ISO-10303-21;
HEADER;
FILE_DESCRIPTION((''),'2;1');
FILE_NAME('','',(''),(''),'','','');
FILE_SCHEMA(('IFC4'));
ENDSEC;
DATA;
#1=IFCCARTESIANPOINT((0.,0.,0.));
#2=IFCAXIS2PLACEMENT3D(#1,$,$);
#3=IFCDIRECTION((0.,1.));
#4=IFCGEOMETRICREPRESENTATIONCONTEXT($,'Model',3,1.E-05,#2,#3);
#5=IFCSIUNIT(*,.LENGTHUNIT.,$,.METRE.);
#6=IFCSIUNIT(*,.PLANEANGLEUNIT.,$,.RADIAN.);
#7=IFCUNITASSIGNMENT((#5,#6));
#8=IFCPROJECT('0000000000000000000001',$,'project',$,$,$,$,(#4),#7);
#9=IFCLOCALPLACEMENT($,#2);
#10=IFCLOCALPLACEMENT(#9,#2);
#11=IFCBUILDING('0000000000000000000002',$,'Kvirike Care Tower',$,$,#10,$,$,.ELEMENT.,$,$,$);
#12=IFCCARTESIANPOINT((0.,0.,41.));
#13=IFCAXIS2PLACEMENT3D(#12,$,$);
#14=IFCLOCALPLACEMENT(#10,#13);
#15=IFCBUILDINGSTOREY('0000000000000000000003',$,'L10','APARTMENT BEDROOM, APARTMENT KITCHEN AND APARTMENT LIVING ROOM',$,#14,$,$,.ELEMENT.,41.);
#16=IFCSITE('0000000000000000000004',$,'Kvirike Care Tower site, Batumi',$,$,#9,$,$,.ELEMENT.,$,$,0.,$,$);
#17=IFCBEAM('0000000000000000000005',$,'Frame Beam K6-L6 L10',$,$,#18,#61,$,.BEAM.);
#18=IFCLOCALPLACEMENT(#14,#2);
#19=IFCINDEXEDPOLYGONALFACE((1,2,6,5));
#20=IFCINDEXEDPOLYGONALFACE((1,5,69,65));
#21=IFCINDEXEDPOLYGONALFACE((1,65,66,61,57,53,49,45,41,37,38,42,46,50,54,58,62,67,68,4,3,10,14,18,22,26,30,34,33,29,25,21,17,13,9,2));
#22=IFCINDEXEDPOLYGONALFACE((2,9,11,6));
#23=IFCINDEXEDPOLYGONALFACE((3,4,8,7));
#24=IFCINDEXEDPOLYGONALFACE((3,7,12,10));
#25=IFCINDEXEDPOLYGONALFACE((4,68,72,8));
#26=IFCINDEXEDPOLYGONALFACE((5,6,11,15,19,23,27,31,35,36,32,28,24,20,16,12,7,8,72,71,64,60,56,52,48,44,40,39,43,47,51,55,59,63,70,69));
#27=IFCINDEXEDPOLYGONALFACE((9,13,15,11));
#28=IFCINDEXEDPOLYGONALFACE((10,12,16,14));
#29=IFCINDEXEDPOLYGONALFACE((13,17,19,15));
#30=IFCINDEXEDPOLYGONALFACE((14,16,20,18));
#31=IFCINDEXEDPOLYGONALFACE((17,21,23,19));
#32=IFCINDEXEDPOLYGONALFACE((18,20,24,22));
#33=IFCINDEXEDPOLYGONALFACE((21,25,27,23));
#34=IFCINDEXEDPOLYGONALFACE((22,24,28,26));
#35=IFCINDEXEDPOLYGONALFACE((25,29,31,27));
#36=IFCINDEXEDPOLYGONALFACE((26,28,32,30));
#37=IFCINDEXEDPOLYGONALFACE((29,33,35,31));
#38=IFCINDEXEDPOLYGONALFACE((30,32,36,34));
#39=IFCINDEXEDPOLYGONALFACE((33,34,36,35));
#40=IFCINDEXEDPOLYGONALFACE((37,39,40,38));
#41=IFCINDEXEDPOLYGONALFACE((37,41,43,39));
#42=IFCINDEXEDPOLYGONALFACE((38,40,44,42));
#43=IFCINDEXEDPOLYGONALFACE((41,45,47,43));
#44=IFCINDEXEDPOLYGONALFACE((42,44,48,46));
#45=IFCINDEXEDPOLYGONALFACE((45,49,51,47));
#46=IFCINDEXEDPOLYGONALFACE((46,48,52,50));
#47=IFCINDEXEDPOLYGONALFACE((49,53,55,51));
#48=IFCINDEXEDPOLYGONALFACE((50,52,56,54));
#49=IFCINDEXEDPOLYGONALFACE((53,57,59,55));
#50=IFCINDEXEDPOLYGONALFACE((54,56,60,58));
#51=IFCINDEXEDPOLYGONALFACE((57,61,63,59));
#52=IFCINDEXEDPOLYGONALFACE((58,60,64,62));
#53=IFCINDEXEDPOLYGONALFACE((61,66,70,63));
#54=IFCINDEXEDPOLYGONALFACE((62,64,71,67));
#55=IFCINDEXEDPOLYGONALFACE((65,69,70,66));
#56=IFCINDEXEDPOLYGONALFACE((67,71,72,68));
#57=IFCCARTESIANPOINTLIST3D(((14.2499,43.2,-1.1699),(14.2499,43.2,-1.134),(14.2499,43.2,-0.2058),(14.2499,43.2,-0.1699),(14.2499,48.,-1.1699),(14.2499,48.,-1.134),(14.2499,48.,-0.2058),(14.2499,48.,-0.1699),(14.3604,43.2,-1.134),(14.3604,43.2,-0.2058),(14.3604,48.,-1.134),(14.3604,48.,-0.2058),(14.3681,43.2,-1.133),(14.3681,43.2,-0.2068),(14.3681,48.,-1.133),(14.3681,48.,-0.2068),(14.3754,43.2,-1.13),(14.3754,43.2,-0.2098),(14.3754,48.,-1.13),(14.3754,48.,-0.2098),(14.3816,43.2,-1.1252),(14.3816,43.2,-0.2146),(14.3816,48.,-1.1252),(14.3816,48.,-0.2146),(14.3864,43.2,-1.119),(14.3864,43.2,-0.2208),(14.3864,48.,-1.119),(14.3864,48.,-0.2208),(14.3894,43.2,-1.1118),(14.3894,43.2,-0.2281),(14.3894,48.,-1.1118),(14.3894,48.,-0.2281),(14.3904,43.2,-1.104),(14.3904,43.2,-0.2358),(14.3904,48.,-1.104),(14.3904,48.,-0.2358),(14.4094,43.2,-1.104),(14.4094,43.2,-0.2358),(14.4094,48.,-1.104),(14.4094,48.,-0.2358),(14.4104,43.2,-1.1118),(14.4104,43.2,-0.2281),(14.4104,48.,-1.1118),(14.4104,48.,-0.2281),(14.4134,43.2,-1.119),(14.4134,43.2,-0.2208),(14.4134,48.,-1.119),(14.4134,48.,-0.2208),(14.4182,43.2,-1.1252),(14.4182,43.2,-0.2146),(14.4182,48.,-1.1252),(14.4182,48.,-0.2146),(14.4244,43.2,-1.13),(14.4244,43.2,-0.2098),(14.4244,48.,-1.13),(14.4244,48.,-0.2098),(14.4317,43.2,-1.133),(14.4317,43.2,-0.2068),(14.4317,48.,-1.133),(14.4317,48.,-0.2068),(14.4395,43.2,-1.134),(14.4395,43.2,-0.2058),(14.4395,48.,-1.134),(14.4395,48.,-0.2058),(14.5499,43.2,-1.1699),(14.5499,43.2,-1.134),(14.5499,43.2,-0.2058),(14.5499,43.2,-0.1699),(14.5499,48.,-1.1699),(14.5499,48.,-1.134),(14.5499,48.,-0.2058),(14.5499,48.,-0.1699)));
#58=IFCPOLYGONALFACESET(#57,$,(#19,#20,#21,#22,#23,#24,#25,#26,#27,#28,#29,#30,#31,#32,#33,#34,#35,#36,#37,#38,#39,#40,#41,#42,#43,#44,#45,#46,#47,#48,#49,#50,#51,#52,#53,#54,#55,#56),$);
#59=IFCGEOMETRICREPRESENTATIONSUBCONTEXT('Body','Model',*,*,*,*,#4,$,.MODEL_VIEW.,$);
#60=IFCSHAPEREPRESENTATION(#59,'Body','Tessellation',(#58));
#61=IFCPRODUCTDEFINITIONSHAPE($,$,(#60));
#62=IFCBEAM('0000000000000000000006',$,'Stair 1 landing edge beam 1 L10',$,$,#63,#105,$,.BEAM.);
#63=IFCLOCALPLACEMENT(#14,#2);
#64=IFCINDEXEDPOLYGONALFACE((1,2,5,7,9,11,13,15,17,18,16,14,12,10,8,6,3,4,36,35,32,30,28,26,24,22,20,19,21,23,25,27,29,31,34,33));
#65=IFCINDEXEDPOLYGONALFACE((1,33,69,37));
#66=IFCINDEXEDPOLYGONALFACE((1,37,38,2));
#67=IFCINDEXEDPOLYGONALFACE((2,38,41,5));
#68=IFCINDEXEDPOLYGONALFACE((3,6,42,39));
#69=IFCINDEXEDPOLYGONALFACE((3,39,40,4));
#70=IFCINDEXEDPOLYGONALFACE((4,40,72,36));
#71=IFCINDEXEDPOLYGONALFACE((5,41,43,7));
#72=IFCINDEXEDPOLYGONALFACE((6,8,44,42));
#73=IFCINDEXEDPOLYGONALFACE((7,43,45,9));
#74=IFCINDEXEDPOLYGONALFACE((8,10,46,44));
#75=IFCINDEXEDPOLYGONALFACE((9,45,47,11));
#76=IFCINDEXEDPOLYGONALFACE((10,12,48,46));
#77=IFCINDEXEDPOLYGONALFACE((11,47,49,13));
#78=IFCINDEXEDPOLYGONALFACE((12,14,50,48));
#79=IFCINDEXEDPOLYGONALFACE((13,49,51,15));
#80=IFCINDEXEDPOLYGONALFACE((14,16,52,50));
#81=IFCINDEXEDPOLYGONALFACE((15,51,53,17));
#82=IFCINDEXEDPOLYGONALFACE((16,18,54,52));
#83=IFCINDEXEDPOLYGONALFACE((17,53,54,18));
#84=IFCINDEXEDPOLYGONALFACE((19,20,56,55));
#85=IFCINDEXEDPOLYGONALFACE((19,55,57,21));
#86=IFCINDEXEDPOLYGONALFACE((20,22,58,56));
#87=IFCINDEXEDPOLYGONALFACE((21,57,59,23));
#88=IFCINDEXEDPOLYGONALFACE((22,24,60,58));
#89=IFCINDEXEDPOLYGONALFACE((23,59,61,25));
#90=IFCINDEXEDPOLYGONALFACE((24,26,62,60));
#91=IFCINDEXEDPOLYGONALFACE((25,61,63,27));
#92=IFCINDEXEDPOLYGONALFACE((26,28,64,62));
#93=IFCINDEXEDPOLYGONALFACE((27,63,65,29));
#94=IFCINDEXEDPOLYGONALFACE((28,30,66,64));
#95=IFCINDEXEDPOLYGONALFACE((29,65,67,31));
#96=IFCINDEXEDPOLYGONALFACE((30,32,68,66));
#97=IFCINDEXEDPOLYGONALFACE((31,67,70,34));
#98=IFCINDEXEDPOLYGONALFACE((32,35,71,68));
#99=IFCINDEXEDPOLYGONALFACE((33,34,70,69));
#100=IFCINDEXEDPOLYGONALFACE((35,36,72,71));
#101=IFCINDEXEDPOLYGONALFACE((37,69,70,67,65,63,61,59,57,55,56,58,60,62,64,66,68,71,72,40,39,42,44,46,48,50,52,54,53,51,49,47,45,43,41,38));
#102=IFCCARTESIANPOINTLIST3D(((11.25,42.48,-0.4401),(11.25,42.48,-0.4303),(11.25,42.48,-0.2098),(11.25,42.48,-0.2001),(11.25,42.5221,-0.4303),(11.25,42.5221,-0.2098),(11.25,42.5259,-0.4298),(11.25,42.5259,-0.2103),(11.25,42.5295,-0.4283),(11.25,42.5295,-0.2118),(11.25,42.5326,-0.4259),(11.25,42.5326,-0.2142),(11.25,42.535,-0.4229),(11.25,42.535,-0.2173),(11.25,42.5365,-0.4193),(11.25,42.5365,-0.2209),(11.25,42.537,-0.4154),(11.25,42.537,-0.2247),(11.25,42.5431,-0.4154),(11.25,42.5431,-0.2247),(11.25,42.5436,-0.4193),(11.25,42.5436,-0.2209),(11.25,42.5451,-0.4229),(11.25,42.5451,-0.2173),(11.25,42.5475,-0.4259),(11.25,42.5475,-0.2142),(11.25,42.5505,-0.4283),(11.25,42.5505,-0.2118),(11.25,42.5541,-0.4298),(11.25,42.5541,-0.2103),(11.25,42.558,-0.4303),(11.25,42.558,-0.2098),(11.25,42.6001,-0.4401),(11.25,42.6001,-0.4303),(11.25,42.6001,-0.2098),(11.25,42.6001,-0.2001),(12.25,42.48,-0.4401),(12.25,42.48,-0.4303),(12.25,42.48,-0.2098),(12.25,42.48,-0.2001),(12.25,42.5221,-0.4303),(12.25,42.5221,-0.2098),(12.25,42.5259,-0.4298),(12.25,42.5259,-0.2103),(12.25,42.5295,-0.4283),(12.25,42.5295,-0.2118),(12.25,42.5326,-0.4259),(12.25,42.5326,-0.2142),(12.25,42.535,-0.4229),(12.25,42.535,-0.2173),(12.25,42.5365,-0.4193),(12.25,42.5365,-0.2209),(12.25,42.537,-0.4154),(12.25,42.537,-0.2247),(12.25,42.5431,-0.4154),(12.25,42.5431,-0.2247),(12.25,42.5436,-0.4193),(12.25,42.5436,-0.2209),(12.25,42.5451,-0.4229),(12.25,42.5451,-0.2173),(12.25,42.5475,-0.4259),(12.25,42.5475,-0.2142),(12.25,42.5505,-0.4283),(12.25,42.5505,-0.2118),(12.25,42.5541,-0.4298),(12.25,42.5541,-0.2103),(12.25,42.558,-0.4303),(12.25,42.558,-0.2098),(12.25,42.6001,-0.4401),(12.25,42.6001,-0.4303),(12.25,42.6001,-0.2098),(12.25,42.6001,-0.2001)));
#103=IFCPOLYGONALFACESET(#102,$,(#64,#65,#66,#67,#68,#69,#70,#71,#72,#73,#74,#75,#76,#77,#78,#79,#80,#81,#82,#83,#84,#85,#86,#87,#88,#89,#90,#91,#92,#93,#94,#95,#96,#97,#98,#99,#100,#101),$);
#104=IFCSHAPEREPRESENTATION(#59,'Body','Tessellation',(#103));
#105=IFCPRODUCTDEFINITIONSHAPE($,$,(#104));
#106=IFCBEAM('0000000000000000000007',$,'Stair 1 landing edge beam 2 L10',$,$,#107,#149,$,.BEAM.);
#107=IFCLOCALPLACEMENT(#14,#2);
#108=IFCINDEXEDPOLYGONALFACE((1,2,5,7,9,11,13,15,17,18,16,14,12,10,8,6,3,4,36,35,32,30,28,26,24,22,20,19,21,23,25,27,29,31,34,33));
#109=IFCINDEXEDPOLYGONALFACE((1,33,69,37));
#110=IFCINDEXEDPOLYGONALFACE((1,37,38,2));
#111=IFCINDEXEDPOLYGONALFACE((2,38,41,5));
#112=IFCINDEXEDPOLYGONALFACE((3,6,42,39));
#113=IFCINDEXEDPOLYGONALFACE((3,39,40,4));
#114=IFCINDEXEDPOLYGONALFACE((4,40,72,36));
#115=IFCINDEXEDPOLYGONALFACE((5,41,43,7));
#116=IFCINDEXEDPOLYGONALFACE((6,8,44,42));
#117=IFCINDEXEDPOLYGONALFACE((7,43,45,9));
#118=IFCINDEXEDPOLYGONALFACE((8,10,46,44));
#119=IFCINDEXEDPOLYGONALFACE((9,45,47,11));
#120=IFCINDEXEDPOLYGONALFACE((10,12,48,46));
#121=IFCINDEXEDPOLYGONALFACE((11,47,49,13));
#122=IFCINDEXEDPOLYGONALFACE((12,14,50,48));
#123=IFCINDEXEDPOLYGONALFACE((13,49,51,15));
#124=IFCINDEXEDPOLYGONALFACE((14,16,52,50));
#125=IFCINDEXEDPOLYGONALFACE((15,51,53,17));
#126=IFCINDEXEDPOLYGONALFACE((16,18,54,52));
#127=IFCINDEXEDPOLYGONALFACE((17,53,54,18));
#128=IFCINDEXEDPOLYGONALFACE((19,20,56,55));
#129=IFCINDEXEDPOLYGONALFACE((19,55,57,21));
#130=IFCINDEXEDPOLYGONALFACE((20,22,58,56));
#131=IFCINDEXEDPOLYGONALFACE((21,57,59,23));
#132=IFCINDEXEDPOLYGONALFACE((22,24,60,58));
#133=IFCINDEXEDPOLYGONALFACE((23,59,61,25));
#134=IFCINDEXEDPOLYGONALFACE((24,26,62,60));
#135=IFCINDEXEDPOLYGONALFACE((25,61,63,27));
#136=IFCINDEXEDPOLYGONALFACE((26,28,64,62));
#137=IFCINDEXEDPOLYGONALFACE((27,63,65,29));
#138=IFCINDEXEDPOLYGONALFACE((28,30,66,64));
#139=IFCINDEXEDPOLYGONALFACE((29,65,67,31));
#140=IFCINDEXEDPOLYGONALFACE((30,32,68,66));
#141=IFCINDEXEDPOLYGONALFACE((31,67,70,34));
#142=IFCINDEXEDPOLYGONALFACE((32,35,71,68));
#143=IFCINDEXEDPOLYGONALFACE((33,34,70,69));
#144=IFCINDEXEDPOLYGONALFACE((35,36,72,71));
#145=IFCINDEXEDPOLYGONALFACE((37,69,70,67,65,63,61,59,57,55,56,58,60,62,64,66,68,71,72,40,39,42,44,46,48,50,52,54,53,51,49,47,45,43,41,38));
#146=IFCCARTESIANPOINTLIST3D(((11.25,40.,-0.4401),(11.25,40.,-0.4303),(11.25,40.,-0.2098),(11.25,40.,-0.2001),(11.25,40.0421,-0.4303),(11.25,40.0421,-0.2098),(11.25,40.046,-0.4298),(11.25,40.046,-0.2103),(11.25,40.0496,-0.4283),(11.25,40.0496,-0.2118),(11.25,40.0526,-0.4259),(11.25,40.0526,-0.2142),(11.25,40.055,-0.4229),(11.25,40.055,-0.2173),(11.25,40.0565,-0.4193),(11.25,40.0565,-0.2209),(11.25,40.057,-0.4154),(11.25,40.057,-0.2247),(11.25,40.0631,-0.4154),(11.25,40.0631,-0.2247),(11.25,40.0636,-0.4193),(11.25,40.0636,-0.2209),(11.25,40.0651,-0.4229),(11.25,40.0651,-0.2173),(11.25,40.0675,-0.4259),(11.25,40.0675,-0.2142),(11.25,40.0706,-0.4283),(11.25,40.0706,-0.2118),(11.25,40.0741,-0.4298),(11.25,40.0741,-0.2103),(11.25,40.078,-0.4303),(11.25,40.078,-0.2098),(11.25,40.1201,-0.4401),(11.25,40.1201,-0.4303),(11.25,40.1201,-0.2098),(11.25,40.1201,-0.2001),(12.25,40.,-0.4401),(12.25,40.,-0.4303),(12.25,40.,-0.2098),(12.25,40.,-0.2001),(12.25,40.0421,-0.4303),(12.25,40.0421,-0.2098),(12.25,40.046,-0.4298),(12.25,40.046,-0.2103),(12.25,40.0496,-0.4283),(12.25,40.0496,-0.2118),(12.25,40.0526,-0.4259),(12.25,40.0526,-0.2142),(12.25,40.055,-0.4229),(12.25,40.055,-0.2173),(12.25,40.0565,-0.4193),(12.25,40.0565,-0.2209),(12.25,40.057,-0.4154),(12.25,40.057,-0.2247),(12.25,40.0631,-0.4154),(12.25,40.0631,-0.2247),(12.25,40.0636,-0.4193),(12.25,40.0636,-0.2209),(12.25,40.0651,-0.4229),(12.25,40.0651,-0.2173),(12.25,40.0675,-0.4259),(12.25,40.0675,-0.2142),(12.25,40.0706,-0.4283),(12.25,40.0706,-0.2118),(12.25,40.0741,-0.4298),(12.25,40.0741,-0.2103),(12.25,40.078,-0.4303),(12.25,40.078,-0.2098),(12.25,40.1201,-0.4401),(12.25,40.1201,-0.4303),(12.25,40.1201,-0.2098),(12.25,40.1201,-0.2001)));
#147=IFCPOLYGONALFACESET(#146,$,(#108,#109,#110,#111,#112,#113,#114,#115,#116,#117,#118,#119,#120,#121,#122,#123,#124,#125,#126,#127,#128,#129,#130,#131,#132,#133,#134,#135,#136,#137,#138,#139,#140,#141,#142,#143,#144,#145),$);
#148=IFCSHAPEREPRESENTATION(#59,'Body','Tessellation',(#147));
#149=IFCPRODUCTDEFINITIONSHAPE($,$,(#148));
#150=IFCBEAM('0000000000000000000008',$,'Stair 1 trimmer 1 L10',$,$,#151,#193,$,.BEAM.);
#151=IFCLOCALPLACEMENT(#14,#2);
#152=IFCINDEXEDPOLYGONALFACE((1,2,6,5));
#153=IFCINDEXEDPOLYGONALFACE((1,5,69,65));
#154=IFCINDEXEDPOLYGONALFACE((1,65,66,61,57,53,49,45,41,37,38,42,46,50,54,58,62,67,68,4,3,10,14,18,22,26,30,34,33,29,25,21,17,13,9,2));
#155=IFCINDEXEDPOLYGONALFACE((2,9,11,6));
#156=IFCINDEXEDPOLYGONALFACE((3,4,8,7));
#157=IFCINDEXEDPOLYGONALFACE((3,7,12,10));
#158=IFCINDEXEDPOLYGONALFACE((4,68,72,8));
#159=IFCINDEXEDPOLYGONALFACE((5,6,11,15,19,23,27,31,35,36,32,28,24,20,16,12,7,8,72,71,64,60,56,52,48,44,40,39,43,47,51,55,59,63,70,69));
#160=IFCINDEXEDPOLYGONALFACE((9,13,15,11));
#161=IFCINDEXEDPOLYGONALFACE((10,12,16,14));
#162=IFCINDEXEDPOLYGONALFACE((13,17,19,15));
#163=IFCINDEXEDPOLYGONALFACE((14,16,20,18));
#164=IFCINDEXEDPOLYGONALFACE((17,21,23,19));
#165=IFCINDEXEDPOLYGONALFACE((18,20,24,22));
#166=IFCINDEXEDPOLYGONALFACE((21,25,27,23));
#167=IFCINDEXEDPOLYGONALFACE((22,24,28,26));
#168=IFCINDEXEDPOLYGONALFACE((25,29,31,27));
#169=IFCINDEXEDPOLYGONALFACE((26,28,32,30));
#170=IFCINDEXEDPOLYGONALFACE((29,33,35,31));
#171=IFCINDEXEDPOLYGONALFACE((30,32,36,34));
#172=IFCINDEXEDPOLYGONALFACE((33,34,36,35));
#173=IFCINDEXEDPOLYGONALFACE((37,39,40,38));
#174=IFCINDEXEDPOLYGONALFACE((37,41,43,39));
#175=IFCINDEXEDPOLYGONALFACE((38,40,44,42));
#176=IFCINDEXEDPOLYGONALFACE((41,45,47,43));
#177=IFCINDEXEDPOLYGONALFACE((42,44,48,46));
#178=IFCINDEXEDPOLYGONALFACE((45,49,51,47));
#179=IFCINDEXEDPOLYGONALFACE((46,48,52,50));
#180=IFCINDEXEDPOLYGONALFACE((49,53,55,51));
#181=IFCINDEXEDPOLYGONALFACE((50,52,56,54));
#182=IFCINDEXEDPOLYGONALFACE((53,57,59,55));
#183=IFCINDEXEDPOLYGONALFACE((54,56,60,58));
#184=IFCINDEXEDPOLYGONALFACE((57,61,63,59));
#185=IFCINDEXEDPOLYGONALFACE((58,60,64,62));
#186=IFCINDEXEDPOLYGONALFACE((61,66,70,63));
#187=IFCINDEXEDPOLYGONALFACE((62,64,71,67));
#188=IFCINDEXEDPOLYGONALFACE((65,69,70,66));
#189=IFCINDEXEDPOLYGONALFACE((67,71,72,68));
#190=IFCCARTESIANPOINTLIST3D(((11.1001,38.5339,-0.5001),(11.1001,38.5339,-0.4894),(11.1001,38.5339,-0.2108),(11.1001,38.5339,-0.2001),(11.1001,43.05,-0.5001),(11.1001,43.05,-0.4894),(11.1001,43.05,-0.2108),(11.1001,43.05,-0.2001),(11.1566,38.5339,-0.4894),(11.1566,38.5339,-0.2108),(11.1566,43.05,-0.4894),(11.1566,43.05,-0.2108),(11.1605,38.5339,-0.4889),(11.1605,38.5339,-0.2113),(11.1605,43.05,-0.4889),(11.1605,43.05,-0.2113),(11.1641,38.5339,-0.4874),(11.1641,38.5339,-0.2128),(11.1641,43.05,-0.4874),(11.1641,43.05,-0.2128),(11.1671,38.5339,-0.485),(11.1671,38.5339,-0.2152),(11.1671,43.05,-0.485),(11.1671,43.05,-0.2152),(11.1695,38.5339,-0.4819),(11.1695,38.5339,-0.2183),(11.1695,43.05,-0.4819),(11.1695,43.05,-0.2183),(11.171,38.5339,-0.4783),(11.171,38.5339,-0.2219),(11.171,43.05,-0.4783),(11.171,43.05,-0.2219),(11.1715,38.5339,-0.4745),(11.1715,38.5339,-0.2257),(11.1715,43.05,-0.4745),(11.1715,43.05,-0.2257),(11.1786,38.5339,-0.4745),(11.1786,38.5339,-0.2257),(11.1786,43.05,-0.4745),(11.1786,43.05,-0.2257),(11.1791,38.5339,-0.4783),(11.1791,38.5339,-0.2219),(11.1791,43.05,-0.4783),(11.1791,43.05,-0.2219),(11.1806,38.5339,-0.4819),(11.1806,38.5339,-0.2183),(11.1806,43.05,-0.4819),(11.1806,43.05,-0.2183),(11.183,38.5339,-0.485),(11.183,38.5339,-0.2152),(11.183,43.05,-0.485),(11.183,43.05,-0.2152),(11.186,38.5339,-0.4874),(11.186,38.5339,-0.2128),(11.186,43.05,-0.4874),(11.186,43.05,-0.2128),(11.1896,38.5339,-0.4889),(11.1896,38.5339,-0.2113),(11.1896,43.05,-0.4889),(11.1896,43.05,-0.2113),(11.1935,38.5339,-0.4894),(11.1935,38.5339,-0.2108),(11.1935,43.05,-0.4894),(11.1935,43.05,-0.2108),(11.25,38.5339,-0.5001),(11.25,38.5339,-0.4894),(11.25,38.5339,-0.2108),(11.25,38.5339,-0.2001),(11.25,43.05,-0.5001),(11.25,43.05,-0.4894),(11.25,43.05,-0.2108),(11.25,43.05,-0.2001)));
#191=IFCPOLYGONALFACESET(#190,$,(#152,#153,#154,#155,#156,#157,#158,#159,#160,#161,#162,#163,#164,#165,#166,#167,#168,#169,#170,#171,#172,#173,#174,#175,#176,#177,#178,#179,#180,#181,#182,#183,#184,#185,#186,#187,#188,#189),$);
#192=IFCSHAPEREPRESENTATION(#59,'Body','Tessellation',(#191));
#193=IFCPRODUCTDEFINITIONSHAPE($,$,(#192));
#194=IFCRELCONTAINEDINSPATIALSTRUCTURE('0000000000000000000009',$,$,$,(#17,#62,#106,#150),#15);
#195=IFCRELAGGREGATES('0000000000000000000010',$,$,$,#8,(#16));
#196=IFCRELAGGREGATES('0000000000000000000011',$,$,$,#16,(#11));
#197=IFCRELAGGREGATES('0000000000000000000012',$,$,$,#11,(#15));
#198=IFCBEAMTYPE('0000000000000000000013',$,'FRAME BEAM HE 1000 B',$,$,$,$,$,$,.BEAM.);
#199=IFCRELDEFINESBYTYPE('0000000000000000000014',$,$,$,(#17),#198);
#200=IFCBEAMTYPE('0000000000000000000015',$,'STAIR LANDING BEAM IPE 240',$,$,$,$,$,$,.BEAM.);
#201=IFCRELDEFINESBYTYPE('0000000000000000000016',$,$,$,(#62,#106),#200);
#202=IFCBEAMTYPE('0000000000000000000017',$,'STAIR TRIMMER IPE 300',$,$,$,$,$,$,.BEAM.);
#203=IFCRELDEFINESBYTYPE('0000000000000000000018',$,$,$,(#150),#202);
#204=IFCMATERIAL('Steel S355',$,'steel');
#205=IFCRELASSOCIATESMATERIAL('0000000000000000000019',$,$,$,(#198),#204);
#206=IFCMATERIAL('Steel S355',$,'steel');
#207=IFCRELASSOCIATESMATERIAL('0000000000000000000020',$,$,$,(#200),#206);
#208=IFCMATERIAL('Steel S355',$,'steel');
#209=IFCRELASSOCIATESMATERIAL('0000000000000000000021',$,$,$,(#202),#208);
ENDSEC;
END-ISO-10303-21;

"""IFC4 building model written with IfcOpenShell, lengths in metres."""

from ifc_helpers import new_model, si_unit, direction, frame, origin, origin_2d, place, context, subcontext, project, spatial, i_section, extrude, material, material_profile, profile_set, type_object, element, save


model = new_model("IFC4")

# Units and contexts
model_context = context("Model", 3, precision=1e-05, world=origin(), true_north=direction((0.0, 1.0)))
body_context = subcontext(model_context, "Body", "Model", "MODEL_VIEW")
ifc_project = project(units=[si_unit("LENGTHUNIT", "METRE"), si_unit("PLANEANGLEUNIT", "RADIAN")], contexts=[model_context])

# Site, building, storey
site_placement = place(None, origin())
site = spatial("IfcSite", under=ifc_project, at=site_placement, Name="Kvirike Care Tower site, Batumi", CompositionType="ELEMENT", RefElevation=0.0)
building_placement = place(site_placement, origin())
building = spatial("IfcBuilding", under=site, at=building_placement, Name="Kvirike Care Tower", CompositionType="ELEMENT")
storey_placement = place(building_placement, frame((0.0, 0.0, 41.0)))
storey = spatial("IfcBuildingStorey", under=building, at=storey_placement, Name="L10", Description="APARTMENT BEDROOM, APARTMENT KITCHEN AND APARTMENT LIVING ROOM", CompositionType="ELEMENT", Elevation=41.0)

# Beams
ifc_material_1 = material(Name="Steel S355", Category="steel")
ifc_material_profile_1 = material_profile(ifc_material_1, i_section(OverallWidth=0.3, OverallDepth=1.0, WebThickness=0.019, FlangeThickness=0.0359, FilletRadius=0.03, at=origin_2d()), Name="HE 1000 B")
ifc_profile_set_1 = profile_set([ifc_material_profile_1], Name="Steel S355")
beam_type_1 = type_object("IfcBeamType", Name="FRAME BEAM HE 1000 B", PredefinedType="BEAM", material=ifc_profile_set_1)
beam_placement = place(storey_placement, frame((14.3999, 43.2, -0.6699), z_axis=(0.0, 1.0, 0.0), x_axis=(-1.0, 0.0, 0.0)))
element("IfcBeam", 1, at=beam_placement, inside=storey, type_object=beam_type_1, Name="Frame Beam K6-L6 L10", PredefinedType="BEAM", context=body_context, shape_type="SweptSolid", body=[
    extrude(i_section(OverallWidth=0.3, OverallDepth=1.0, WebThickness=0.019, FlangeThickness=0.0359, FilletRadius=0.03, at=origin_2d()), origin(), (0.0, 0.0, 1.0), 4.8),
])
ifc_material_2 = material(Name="Steel S355", Category="steel")
ifc_material_profile_2 = material_profile(ifc_material_2, i_section(OverallWidth=0.1201, OverallDepth=0.24, WebThickness=0.0061, FlangeThickness=0.0098, FilletRadius=0.0149, at=origin_2d()), Name="IPE 240")
ifc_profile_set_2 = profile_set([ifc_material_profile_2], Name="Steel S355")
beam_type_2 = type_object("IfcBeamType", Name="STAIR LANDING BEAM IPE 240", PredefinedType="BEAM", material=ifc_profile_set_2)
for number, where, z_axis, x_axis, name in (
    (2, (11.25, 42.54, -0.3201), (1.0, 0.0, 0.0), (0.0, 1.0, 0.0), "Stair 1 landing edge beam 1 L10"),
    (3, (11.25, 40.0601, -0.3201), (1.0, 0.0, 0.0), (0.0, 1.0, 0.0), "Stair 1 landing edge beam 2 L10"),
):
    element("IfcBeam", number, at=place(storey_placement, frame(where, z_axis=z_axis, x_axis=x_axis)), inside=storey, type_object=beam_type_2, Name=name, PredefinedType="BEAM", context=body_context, shape_type="SweptSolid", body=[
        extrude(i_section(OverallWidth=0.1201, OverallDepth=0.24, WebThickness=0.0061, FlangeThickness=0.0098, FilletRadius=0.0149, at=origin_2d()), origin(), (0.0, 0.0, 1.0), 1.0),
    ])
ifc_material_3 = material(Name="Steel S355", Category="steel")
ifc_material_profile_3 = material_profile(ifc_material_3, i_section(OverallWidth=0.1499, OverallDepth=0.3, WebThickness=0.0071, FlangeThickness=0.0107, FilletRadius=0.0149, at=origin_2d()), Name="IPE 300")
ifc_profile_set_3 = profile_set([ifc_material_profile_3], Name="Steel S355")
beam_type_3 = type_object("IfcBeamType", Name="STAIR TRIMMER IPE 300", PredefinedType="BEAM", material=ifc_profile_set_3)
for number, where, z_axis, x_axis, name in (
    (4, (11.175, 43.05, -0.3501), (0.0, -1.0, 0.0), (1.0, 0.0, 0.0), "Stair 1 trimmer 1 L10"),
):
    element("IfcBeam", number, at=place(storey_placement, frame(where, z_axis=z_axis, x_axis=x_axis)), inside=storey, type_object=beam_type_3, Name=name, PredefinedType="BEAM", context=body_context, shape_type="SweptSolid", body=[
        extrude(i_section(OverallWidth=0.1499, OverallDepth=0.3, WebThickness=0.0071, FlangeThickness=0.0107, FilletRadius=0.0149, at=origin_2d()), origin(), (0.0, 0.0, 1.0), 4.5161),
    ])

save(model, "model.ifc")
